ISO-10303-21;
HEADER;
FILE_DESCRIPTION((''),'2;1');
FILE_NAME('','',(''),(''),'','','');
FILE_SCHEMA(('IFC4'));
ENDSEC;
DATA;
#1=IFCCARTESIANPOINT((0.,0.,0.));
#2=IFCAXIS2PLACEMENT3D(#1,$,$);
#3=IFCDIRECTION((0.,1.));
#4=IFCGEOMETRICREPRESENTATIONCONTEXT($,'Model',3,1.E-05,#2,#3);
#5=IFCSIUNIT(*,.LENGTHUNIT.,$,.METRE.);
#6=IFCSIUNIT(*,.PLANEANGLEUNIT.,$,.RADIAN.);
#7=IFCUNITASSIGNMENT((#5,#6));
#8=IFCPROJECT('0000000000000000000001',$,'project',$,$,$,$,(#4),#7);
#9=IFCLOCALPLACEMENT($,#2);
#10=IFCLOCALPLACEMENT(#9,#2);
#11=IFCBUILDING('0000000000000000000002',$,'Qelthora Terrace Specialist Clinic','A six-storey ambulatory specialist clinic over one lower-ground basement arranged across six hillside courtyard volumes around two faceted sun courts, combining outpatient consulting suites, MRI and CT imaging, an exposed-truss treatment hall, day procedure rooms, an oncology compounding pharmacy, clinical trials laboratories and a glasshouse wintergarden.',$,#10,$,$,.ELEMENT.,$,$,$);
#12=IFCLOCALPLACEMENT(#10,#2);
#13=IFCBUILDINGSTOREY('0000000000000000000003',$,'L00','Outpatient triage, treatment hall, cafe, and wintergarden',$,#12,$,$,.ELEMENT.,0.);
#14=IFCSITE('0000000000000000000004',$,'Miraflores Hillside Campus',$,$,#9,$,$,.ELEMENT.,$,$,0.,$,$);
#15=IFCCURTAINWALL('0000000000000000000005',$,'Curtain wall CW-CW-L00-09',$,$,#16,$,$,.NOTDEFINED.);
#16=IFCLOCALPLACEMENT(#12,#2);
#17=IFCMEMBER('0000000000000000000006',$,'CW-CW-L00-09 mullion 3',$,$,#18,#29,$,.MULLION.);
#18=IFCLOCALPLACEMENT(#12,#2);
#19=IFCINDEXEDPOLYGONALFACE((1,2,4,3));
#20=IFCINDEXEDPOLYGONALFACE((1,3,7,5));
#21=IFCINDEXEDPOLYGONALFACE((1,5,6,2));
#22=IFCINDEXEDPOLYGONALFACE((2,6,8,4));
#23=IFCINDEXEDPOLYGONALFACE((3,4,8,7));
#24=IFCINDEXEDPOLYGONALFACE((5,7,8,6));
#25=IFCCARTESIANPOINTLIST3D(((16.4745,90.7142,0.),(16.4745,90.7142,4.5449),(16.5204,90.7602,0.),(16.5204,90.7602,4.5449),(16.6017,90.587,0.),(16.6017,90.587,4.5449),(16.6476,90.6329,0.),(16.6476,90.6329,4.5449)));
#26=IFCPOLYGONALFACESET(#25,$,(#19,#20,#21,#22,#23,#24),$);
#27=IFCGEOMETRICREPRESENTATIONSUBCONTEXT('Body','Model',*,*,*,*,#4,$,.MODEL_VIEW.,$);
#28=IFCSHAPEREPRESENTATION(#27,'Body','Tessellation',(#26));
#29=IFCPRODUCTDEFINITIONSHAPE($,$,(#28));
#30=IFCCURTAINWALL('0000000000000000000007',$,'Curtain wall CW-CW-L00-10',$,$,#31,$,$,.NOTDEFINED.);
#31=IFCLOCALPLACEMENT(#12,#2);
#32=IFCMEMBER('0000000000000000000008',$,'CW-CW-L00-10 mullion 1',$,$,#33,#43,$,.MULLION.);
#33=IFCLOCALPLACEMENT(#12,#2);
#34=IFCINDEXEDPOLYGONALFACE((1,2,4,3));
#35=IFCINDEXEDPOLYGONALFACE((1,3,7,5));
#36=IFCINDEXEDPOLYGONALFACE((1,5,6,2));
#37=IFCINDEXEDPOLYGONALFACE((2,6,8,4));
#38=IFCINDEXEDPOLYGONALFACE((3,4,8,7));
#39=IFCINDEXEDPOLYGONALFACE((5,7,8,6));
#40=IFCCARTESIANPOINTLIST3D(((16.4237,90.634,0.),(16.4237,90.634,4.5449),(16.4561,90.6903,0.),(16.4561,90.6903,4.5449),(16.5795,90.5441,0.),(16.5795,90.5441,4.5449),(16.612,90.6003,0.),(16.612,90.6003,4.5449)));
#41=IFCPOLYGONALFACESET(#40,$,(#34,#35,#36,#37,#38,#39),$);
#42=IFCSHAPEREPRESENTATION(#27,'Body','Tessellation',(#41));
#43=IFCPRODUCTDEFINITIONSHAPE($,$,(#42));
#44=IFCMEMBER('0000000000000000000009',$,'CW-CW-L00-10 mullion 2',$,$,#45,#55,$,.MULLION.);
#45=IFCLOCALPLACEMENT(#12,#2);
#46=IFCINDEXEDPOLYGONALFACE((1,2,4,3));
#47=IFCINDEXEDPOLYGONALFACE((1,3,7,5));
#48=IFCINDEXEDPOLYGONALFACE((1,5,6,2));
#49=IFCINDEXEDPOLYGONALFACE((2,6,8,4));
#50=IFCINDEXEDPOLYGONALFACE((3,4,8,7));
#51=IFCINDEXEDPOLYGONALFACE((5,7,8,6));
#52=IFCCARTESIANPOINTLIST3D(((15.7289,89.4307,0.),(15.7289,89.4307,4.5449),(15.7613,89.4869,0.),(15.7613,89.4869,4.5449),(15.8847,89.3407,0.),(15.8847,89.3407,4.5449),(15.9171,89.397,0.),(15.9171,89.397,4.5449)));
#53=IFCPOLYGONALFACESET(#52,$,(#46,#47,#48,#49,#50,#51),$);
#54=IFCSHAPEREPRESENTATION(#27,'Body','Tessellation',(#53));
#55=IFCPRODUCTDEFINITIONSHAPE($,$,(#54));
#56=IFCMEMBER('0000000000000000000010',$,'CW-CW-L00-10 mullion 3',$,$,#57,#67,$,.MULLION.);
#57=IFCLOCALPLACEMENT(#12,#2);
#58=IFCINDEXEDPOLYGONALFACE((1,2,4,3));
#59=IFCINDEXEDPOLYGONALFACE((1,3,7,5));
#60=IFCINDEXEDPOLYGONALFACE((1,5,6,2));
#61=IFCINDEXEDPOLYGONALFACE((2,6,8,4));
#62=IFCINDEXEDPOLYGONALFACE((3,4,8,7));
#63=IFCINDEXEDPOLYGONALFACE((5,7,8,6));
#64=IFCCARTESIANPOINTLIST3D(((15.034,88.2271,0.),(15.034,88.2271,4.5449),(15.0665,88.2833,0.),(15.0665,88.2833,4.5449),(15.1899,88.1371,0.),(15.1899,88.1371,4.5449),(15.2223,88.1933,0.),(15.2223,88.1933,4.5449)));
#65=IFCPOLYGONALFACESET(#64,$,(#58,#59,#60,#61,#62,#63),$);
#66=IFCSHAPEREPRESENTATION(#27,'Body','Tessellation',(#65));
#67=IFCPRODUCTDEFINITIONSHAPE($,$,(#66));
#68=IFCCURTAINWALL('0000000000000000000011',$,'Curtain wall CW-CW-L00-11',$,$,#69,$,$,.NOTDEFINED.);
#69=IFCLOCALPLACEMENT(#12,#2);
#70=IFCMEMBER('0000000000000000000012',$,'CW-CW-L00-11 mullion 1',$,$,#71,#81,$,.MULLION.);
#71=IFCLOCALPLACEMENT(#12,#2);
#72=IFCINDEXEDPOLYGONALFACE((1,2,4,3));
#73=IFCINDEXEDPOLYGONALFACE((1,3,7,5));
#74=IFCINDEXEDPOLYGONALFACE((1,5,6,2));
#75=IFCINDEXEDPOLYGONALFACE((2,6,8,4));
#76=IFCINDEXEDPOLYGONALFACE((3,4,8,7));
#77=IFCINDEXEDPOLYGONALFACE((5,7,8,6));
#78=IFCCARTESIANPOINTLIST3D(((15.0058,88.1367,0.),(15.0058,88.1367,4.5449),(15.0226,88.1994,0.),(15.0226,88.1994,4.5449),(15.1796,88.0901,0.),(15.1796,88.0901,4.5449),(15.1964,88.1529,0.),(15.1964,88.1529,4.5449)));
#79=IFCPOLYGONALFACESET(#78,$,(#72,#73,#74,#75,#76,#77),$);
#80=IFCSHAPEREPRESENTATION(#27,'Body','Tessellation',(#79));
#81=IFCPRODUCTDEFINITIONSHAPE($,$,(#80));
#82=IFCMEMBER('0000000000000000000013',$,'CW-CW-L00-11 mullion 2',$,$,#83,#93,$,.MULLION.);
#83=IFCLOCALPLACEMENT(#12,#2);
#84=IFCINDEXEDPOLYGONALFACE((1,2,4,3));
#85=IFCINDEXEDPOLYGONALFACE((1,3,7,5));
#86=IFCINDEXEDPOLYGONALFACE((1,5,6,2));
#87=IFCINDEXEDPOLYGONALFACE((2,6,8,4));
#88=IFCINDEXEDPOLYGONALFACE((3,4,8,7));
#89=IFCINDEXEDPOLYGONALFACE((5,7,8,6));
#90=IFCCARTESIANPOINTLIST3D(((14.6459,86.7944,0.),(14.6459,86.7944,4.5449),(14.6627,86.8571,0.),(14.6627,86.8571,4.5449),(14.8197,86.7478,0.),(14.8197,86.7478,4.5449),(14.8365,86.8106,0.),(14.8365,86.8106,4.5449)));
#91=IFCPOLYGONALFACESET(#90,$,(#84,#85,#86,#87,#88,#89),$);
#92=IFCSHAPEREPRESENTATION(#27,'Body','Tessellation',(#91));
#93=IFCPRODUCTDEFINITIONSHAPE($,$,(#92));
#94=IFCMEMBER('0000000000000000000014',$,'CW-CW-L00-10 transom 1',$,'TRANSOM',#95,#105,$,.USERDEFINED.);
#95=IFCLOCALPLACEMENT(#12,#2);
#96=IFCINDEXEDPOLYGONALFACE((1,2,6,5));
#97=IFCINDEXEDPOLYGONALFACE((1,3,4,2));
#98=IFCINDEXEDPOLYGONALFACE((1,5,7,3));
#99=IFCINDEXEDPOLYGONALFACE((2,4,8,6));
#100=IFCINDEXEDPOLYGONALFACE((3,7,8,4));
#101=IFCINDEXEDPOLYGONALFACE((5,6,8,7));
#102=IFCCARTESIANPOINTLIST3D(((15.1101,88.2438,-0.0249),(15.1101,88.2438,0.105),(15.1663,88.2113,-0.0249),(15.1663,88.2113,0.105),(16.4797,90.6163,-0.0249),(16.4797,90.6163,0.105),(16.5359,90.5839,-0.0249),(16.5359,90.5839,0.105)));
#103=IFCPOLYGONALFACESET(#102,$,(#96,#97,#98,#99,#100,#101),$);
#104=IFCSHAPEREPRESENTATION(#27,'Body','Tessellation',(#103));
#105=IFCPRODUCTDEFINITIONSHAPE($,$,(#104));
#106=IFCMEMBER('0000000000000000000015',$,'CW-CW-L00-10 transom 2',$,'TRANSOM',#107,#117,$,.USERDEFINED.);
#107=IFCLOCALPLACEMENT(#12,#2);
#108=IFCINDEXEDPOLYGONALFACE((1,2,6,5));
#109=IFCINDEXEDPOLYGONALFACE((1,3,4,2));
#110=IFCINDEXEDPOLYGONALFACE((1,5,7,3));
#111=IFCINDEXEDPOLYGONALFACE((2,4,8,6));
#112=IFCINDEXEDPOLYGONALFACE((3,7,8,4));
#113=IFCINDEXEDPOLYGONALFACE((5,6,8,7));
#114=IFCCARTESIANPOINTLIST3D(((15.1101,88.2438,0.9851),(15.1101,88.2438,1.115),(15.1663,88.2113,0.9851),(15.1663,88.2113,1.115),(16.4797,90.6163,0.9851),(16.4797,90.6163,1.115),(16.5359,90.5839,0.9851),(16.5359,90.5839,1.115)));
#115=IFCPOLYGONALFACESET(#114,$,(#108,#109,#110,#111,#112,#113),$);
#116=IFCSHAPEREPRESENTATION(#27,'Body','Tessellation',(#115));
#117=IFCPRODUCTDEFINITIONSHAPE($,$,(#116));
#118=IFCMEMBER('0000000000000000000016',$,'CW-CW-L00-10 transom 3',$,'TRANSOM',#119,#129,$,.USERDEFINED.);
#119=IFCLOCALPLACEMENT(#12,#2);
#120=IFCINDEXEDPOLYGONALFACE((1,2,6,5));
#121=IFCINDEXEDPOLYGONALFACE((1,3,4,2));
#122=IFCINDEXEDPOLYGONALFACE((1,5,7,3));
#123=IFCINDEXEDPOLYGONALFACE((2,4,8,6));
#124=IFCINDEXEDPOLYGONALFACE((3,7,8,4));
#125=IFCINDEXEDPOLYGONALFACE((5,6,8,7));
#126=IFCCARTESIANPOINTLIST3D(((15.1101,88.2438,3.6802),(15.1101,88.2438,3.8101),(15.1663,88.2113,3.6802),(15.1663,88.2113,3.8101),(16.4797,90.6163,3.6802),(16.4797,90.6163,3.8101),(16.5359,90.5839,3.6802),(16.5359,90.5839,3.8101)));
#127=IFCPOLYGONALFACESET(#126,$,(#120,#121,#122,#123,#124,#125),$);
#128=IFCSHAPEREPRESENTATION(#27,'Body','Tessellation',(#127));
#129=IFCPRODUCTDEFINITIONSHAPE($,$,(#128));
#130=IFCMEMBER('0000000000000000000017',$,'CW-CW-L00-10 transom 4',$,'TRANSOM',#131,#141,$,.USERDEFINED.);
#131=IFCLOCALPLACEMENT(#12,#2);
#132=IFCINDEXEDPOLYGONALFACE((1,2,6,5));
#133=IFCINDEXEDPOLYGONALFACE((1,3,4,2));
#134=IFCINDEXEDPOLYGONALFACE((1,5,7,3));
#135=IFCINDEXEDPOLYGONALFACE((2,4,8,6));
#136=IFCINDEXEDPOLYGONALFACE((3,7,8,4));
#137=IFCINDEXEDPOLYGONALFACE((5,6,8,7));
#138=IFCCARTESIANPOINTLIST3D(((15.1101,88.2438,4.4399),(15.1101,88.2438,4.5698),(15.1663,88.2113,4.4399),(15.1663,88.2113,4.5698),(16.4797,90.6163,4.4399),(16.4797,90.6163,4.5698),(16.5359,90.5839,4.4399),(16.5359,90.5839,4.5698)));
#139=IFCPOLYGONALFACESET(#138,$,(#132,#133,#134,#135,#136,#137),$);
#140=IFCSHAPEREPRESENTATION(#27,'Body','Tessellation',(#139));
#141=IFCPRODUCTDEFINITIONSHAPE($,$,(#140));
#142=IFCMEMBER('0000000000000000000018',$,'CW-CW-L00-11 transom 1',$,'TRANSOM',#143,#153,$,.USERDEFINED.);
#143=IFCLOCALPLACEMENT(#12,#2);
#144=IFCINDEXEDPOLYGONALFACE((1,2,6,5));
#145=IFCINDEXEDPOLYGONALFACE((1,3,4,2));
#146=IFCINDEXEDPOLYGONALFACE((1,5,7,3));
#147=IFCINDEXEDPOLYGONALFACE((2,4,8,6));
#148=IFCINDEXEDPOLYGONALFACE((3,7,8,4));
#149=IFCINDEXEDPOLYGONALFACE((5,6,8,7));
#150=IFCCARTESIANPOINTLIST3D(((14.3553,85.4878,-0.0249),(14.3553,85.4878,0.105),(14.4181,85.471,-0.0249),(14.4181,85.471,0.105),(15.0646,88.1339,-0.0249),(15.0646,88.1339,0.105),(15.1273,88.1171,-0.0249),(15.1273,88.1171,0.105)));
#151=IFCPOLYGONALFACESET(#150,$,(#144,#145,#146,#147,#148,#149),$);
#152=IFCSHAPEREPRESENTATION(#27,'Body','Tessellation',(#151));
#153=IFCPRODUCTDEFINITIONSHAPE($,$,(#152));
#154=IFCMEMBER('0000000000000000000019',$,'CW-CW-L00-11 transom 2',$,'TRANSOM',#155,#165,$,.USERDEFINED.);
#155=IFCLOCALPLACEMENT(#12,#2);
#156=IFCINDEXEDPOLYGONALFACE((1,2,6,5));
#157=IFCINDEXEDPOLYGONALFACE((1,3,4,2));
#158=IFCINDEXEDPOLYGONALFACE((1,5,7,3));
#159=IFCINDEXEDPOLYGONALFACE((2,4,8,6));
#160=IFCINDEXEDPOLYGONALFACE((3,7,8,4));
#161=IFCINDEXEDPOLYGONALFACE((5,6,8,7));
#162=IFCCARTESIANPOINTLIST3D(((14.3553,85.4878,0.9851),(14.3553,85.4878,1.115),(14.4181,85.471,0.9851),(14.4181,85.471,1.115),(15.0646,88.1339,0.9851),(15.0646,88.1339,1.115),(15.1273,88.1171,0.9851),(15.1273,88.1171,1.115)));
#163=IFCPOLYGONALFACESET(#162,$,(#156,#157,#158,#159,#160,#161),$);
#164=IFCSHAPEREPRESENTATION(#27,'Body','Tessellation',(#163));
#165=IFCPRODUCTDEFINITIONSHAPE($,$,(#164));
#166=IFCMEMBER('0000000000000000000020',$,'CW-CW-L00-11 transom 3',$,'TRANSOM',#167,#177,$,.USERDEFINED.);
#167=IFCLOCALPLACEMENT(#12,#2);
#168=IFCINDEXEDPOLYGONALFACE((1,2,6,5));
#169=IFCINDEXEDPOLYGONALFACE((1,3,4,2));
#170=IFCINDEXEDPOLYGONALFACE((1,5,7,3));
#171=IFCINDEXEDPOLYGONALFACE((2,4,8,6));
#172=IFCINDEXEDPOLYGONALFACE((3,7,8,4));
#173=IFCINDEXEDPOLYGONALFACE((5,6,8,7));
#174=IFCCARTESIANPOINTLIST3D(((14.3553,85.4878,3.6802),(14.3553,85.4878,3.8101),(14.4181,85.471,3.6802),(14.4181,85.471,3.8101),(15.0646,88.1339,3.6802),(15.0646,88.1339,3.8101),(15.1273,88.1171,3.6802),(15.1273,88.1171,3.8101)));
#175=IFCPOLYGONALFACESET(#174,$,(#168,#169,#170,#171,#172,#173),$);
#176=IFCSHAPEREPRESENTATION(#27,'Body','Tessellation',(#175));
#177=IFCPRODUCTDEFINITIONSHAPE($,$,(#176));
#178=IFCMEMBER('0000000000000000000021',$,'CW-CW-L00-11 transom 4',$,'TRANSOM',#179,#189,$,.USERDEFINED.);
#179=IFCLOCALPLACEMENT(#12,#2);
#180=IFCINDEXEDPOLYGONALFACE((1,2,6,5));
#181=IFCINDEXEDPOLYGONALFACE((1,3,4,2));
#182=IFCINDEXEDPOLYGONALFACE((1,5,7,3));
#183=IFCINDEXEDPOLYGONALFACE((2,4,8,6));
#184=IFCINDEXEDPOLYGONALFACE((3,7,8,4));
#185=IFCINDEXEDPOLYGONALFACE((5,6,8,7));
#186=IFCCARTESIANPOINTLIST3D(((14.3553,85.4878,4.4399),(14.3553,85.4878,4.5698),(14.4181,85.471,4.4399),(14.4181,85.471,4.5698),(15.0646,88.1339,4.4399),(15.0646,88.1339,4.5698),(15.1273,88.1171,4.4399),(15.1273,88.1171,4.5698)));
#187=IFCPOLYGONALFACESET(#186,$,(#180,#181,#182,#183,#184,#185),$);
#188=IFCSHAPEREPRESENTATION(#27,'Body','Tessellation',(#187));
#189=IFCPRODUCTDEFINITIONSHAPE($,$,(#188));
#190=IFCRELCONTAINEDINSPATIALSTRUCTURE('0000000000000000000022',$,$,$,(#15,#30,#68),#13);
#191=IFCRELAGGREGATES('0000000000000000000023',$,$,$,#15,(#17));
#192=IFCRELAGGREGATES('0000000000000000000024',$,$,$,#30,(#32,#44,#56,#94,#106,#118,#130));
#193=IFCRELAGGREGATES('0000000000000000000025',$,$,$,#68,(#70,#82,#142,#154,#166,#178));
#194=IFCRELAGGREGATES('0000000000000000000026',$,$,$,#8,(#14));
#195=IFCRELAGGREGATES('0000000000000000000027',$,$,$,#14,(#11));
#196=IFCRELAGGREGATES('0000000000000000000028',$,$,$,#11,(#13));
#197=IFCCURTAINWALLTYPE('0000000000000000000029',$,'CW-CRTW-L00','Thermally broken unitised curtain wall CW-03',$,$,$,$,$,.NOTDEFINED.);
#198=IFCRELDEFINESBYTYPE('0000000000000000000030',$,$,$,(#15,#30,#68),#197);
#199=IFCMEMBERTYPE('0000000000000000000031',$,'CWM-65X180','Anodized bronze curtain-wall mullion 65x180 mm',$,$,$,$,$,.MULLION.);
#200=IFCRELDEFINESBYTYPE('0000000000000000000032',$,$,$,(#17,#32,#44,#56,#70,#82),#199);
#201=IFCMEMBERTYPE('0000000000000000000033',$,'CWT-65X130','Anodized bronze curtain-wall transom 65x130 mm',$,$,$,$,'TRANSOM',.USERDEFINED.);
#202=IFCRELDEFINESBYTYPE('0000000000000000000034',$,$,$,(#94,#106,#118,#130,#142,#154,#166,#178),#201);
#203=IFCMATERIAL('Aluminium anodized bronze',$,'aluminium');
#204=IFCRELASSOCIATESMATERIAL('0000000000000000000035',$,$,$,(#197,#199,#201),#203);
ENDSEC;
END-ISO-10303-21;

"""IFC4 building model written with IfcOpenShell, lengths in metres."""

from ifc_helpers import new_model, si_unit, direction, frame, origin, origin_2d, place, context, subcontext, project, spatial, rectangle, extrude, material, material_profile, profile_set, type_object, element, aggregate, save


model = new_model("IFC4")

# Units and contexts
model_context = context("Model", 3, precision=1e-05, world=origin(), true_north=direction((0.0, 1.0)))
body_context = subcontext(model_context, "Body", "Model", "MODEL_VIEW")
ifc_project = project(units=[si_unit("LENGTHUNIT", "METRE"), si_unit("PLANEANGLEUNIT", "RADIAN")], contexts=[model_context])

# Site, building, storey
site_placement = place(None, origin())
site = spatial("IfcSite", under=ifc_project, at=site_placement, Name="Miraflores Hillside Campus", CompositionType="ELEMENT", RefElevation=0.0)
building_placement = place(site_placement, origin())
building = spatial("IfcBuilding", under=site, at=building_placement, Name="Qelthora Terrace Specialist Clinic", Description="A six-storey ambulatory specialist clinic over one lower-ground basement arranged across six hillside courtyard volumes around two faceted sun courts, combining outpatient consulting suites, MRI and CT imaging, an exposed-truss treatment hall, day procedure rooms, an oncology compounding pharmacy, clinical trials laboratories and a glasshouse wintergarden.", CompositionType="ELEMENT")
storey_placement = place(building_placement, origin())
storey = spatial("IfcBuildingStorey", under=building, at=storey_placement, Name="L00", Description="Outpatient triage, treatment hall, cafe, and wintergarden", CompositionType="ELEMENT", Elevation=0.0)

# Curtain wall, member
ifc_material_1 = material(Name="Aluminium anodized bronze", Category="aluminium")
curtain_wall_type = type_object("IfcCurtainWallType", Name="CW-CRTW-L00", Description="Thermally broken unitised curtain wall CW-03", PredefinedType="NOTDEFINED", material=ifc_material_1)
curtain_wall_1_placement = place(storey_placement, origin())
curtain_wall_1 = element("IfcCurtainWall", 1, at=curtain_wall_1_placement, inside=storey, type_object=curtain_wall_type, Name="Curtain wall CW-CW-L00-09", PredefinedType="NOTDEFINED")
ifc_material_profile_1 = material_profile(ifc_material_1, rectangle(XDim=0.0649, YDim=0.1799, at=origin_2d()), Name="CWM65X180")
ifc_profile_set_1 = profile_set([ifc_material_profile_1], Name="Aluminium anodized bronze")
member_type_1 = type_object("IfcMemberType", Name="CWM-65X180", Description="Anodized bronze curtain-wall mullion 65x180 mm", PredefinedType="MULLION", material=ifc_profile_set_1)
member_1_placement = place(storey_placement, frame((16.561, 90.6736, 0.0), z_axis=(0.0, 0.0, 1.0), x_axis=(-0.707107, -0.707107, 0.0)))
member_1 = element("IfcMember", 2, at=member_1_placement, type_object=member_type_1, Name="CW-CW-L00-09 mullion 3", PredefinedType="MULLION", context=body_context, shape_type="SweptSolid", body=[
    extrude(rectangle(XDim=0.0649, YDim=0.1799, at=origin_2d()), origin(), (0.0, 0.0, 1.0), 4.5449),
])

# Curtain walls, members
curtain_wall_2_placement = place(storey_placement, origin())
curtain_wall_2 = element("IfcCurtainWall", 3, at=curtain_wall_2_placement, inside=storey, type_object=curtain_wall_type, Name="Curtain wall CW-CW-L00-10", PredefinedType="NOTDEFINED")
member_2_placement = place(storey_placement, frame((16.5178, 90.6172, 0.0), z_axis=(0.0, 0.0, 1.0), x_axis=(-0.5, -0.866026, 0.0)))
member_2 = element("IfcMember", 4, at=member_2_placement, type_object=member_type_1, Name="CW-CW-L00-10 mullion 1", PredefinedType="MULLION", context=body_context, shape_type="SweptSolid", body=[
    extrude(rectangle(XDim=0.0649, YDim=0.1799, at=origin_2d()), origin(), (0.0, 0.0, 1.0), 4.5449),
])
member_3_placement = place(storey_placement, frame((15.823, 89.4138, 0.0), z_axis=(0.0, 0.0, 1.0), x_axis=(-0.5, -0.866026, 0.0)))
member_3 = element("IfcMember", 5, at=member_3_placement, type_object=member_type_1, Name="CW-CW-L00-10 mullion 2", PredefinedType="MULLION", context=body_context, shape_type="SweptSolid", body=[
    extrude(rectangle(XDim=0.0649, YDim=0.1799, at=origin_2d()), origin(), (0.0, 0.0, 1.0), 4.5449),
])
member_4_placement = place(storey_placement, frame((15.1282, 88.2102, 0.0), z_axis=(0.0, 0.0, 1.0), x_axis=(-0.5, -0.866026, 0.0)))
member_4 = element("IfcMember", 6, at=member_4_placement, type_object=member_type_1, Name="CW-CW-L00-10 mullion 3", PredefinedType="MULLION", context=body_context, shape_type="SweptSolid", body=[
    extrude(rectangle(XDim=0.0649, YDim=0.1799, at=origin_2d()), origin(), (0.0, 0.0, 1.0), 4.5449),
])
curtain_wall_3_placement = place(storey_placement, origin())
curtain_wall_3 = element("IfcCurtainWall", 7, at=curtain_wall_3_placement, inside=storey, type_object=curtain_wall_type, Name="Curtain wall CW-CW-L00-11", PredefinedType="NOTDEFINED")
member_5_placement = place(storey_placement, frame((15.1011, 88.1448, 0.0), z_axis=(0.0, 0.0, 1.0), x_axis=(-0.25882, -0.965925, 0.0)))
member_5 = element("IfcMember", 8, at=member_5_placement, type_object=member_type_1, Name="CW-CW-L00-11 mullion 1", PredefinedType="MULLION", context=body_context, shape_type="SweptSolid", body=[
    extrude(rectangle(XDim=0.0649, YDim=0.1799, at=origin_2d()), origin(), (0.0, 0.0, 1.0), 4.5449),
])
member_6_placement = place(storey_placement, frame((14.7412, 86.8025, 0.0), z_axis=(0.0, 0.0, 1.0), x_axis=(-0.25882, -0.965925, 0.0)))
member_6 = element("IfcMember", 9, at=member_6_placement, type_object=member_type_1, Name="CW-CW-L00-11 mullion 2", PredefinedType="MULLION", context=body_context, shape_type="SweptSolid", body=[
    extrude(rectangle(XDim=0.0649, YDim=0.1799, at=origin_2d()), origin(), (0.0, 0.0, 1.0), 4.5449),
])

# Members
ifc_material_profile_2 = material_profile(ifc_material_1, rectangle(XDim=0.0649, YDim=0.1299, at=origin_2d()), Name="CWT65X130")
ifc_profile_set_2 = profile_set([ifc_material_profile_2], Name="Aluminium anodized bronze")
member_type_2 = type_object("IfcMemberType", Name="CWT-65X130", Description="Anodized bronze curtain-wall transom 65x130 mm", ElementType="TRANSOM", PredefinedType="USERDEFINED", material=ifc_profile_set_2)
member_7_placement = place(storey_placement, frame((16.5078, 90.6001, 0.04), z_axis=(-0.499954, -0.866052, 0.0), x_axis=(0.866052, -0.499954, 0.0)))
member_7 = element("IfcMember", 10, at=member_7_placement, type_object=member_type_2, Name="CW-CW-L00-10 transom 1", ObjectType="TRANSOM", PredefinedType="USERDEFINED", context=body_context, shape_type="SweptSolid", body=[
    extrude(rectangle(XDim=0.0649, YDim=0.1299, at=origin_2d()), origin(), (0.0, 0.0, 1.0), 2.7395),
])
member_8_placement = place(storey_placement, frame((16.5078, 90.6001, 1.05), z_axis=(-0.499954, -0.866052, 0.0), x_axis=(0.866052, -0.499954, 0.0)))
member_8 = element("IfcMember", 11, at=member_8_placement, type_object=member_type_2, Name="CW-CW-L00-10 transom 2", ObjectType="TRANSOM", PredefinedType="USERDEFINED", context=body_context, shape_type="SweptSolid", body=[
    extrude(rectangle(XDim=0.0649, YDim=0.1299, at=origin_2d()), origin(), (0.0, 0.0, 1.0), 2.7395),
])
member_9_placement = place(storey_placement, frame((16.5078, 90.6001, 3.7451), z_axis=(-0.499954, -0.866052, 0.0), x_axis=(0.866052, -0.499954, 0.0)))
member_9 = element("IfcMember", 12, at=member_9_placement, type_object=member_type_2, Name="CW-CW-L00-10 transom 3", ObjectType="TRANSOM", PredefinedType="USERDEFINED", context=body_context, shape_type="SweptSolid", body=[
    extrude(rectangle(XDim=0.0649, YDim=0.1299, at=origin_2d()), origin(), (0.0, 0.0, 1.0), 2.7395),
])
member_10_placement = place(storey_placement, frame((16.5078, 90.6001, 4.5049), z_axis=(-0.499954, -0.866052, 0.0), x_axis=(0.866052, -0.499954, 0.0)))
member_10 = element("IfcMember", 13, at=member_10_placement, type_object=member_type_2, Name="CW-CW-L00-10 transom 4", ObjectType="TRANSOM", PredefinedType="USERDEFINED", context=body_context, shape_type="SweptSolid", body=[
    extrude(rectangle(XDim=0.0649, YDim=0.1299, at=origin_2d()), origin(), (0.0, 0.0, 1.0), 2.7395),
])
member_11_placement = place(storey_placement, frame((15.0959, 88.1255, 0.04), z_axis=(-0.258899, -0.965904, 0.0), x_axis=(0.965904, -0.258899, 0.0)))
member_11 = element("IfcMember", 14, at=member_11_placement, type_object=member_type_2, Name="CW-CW-L00-11 transom 1", ObjectType="TRANSOM", PredefinedType="USERDEFINED", context=body_context, shape_type="SweptSolid", body=[
    extrude(rectangle(XDim=0.0649, YDim=0.1299, at=origin_2d()), origin(), (0.0, 0.0, 1.0), 2.7395),
])
member_12_placement = place(storey_placement, frame((15.0959, 88.1255, 1.05), z_axis=(-0.258899, -0.965904, 0.0), x_axis=(0.965904, -0.258899, 0.0)))
member_12 = element("IfcMember", 15, at=member_12_placement, type_object=member_type_2, Name="CW-CW-L00-11 transom 2", ObjectType="TRANSOM", PredefinedType="USERDEFINED", context=body_context, shape_type="SweptSolid", body=[
    extrude(rectangle(XDim=0.0649, YDim=0.1299, at=origin_2d()), origin(), (0.0, 0.0, 1.0), 2.7395),
])
member_13_placement = place(storey_placement, frame((15.0959, 88.1255, 3.7451), z_axis=(-0.258899, -0.965904, 0.0), x_axis=(0.965904, -0.258899, 0.0)))
member_13 = element("IfcMember", 16, at=member_13_placement, type_object=member_type_2, Name="CW-CW-L00-11 transom 3", ObjectType="TRANSOM", PredefinedType="USERDEFINED", context=body_context, shape_type="SweptSolid", body=[
    extrude(rectangle(XDim=0.0649, YDim=0.1299, at=origin_2d()), origin(), (0.0, 0.0, 1.0), 2.7395),
])
member_14_placement = place(storey_placement, frame((15.0959, 88.1255, 4.5049), z_axis=(-0.258899, -0.965904, 0.0), x_axis=(0.965904, -0.258899, 0.0)))
member_14 = element("IfcMember", 17, at=member_14_placement, type_object=member_type_2, Name="CW-CW-L00-11 transom 4", ObjectType="TRANSOM", PredefinedType="USERDEFINED", context=body_context, shape_type="SweptSolid", body=[
    extrude(rectangle(XDim=0.0649, YDim=0.1299, at=origin_2d()), origin(), (0.0, 0.0, 1.0), 2.7395),
])

aggregate(curtain_wall_1, [member_1])
aggregate(curtain_wall_2, [member_2, member_3, member_4, member_7, member_8, member_9, member_10])
aggregate(curtain_wall_3, [member_5, member_6, member_11, member_12, member_13, member_14])

save(model, "model.ifc")
